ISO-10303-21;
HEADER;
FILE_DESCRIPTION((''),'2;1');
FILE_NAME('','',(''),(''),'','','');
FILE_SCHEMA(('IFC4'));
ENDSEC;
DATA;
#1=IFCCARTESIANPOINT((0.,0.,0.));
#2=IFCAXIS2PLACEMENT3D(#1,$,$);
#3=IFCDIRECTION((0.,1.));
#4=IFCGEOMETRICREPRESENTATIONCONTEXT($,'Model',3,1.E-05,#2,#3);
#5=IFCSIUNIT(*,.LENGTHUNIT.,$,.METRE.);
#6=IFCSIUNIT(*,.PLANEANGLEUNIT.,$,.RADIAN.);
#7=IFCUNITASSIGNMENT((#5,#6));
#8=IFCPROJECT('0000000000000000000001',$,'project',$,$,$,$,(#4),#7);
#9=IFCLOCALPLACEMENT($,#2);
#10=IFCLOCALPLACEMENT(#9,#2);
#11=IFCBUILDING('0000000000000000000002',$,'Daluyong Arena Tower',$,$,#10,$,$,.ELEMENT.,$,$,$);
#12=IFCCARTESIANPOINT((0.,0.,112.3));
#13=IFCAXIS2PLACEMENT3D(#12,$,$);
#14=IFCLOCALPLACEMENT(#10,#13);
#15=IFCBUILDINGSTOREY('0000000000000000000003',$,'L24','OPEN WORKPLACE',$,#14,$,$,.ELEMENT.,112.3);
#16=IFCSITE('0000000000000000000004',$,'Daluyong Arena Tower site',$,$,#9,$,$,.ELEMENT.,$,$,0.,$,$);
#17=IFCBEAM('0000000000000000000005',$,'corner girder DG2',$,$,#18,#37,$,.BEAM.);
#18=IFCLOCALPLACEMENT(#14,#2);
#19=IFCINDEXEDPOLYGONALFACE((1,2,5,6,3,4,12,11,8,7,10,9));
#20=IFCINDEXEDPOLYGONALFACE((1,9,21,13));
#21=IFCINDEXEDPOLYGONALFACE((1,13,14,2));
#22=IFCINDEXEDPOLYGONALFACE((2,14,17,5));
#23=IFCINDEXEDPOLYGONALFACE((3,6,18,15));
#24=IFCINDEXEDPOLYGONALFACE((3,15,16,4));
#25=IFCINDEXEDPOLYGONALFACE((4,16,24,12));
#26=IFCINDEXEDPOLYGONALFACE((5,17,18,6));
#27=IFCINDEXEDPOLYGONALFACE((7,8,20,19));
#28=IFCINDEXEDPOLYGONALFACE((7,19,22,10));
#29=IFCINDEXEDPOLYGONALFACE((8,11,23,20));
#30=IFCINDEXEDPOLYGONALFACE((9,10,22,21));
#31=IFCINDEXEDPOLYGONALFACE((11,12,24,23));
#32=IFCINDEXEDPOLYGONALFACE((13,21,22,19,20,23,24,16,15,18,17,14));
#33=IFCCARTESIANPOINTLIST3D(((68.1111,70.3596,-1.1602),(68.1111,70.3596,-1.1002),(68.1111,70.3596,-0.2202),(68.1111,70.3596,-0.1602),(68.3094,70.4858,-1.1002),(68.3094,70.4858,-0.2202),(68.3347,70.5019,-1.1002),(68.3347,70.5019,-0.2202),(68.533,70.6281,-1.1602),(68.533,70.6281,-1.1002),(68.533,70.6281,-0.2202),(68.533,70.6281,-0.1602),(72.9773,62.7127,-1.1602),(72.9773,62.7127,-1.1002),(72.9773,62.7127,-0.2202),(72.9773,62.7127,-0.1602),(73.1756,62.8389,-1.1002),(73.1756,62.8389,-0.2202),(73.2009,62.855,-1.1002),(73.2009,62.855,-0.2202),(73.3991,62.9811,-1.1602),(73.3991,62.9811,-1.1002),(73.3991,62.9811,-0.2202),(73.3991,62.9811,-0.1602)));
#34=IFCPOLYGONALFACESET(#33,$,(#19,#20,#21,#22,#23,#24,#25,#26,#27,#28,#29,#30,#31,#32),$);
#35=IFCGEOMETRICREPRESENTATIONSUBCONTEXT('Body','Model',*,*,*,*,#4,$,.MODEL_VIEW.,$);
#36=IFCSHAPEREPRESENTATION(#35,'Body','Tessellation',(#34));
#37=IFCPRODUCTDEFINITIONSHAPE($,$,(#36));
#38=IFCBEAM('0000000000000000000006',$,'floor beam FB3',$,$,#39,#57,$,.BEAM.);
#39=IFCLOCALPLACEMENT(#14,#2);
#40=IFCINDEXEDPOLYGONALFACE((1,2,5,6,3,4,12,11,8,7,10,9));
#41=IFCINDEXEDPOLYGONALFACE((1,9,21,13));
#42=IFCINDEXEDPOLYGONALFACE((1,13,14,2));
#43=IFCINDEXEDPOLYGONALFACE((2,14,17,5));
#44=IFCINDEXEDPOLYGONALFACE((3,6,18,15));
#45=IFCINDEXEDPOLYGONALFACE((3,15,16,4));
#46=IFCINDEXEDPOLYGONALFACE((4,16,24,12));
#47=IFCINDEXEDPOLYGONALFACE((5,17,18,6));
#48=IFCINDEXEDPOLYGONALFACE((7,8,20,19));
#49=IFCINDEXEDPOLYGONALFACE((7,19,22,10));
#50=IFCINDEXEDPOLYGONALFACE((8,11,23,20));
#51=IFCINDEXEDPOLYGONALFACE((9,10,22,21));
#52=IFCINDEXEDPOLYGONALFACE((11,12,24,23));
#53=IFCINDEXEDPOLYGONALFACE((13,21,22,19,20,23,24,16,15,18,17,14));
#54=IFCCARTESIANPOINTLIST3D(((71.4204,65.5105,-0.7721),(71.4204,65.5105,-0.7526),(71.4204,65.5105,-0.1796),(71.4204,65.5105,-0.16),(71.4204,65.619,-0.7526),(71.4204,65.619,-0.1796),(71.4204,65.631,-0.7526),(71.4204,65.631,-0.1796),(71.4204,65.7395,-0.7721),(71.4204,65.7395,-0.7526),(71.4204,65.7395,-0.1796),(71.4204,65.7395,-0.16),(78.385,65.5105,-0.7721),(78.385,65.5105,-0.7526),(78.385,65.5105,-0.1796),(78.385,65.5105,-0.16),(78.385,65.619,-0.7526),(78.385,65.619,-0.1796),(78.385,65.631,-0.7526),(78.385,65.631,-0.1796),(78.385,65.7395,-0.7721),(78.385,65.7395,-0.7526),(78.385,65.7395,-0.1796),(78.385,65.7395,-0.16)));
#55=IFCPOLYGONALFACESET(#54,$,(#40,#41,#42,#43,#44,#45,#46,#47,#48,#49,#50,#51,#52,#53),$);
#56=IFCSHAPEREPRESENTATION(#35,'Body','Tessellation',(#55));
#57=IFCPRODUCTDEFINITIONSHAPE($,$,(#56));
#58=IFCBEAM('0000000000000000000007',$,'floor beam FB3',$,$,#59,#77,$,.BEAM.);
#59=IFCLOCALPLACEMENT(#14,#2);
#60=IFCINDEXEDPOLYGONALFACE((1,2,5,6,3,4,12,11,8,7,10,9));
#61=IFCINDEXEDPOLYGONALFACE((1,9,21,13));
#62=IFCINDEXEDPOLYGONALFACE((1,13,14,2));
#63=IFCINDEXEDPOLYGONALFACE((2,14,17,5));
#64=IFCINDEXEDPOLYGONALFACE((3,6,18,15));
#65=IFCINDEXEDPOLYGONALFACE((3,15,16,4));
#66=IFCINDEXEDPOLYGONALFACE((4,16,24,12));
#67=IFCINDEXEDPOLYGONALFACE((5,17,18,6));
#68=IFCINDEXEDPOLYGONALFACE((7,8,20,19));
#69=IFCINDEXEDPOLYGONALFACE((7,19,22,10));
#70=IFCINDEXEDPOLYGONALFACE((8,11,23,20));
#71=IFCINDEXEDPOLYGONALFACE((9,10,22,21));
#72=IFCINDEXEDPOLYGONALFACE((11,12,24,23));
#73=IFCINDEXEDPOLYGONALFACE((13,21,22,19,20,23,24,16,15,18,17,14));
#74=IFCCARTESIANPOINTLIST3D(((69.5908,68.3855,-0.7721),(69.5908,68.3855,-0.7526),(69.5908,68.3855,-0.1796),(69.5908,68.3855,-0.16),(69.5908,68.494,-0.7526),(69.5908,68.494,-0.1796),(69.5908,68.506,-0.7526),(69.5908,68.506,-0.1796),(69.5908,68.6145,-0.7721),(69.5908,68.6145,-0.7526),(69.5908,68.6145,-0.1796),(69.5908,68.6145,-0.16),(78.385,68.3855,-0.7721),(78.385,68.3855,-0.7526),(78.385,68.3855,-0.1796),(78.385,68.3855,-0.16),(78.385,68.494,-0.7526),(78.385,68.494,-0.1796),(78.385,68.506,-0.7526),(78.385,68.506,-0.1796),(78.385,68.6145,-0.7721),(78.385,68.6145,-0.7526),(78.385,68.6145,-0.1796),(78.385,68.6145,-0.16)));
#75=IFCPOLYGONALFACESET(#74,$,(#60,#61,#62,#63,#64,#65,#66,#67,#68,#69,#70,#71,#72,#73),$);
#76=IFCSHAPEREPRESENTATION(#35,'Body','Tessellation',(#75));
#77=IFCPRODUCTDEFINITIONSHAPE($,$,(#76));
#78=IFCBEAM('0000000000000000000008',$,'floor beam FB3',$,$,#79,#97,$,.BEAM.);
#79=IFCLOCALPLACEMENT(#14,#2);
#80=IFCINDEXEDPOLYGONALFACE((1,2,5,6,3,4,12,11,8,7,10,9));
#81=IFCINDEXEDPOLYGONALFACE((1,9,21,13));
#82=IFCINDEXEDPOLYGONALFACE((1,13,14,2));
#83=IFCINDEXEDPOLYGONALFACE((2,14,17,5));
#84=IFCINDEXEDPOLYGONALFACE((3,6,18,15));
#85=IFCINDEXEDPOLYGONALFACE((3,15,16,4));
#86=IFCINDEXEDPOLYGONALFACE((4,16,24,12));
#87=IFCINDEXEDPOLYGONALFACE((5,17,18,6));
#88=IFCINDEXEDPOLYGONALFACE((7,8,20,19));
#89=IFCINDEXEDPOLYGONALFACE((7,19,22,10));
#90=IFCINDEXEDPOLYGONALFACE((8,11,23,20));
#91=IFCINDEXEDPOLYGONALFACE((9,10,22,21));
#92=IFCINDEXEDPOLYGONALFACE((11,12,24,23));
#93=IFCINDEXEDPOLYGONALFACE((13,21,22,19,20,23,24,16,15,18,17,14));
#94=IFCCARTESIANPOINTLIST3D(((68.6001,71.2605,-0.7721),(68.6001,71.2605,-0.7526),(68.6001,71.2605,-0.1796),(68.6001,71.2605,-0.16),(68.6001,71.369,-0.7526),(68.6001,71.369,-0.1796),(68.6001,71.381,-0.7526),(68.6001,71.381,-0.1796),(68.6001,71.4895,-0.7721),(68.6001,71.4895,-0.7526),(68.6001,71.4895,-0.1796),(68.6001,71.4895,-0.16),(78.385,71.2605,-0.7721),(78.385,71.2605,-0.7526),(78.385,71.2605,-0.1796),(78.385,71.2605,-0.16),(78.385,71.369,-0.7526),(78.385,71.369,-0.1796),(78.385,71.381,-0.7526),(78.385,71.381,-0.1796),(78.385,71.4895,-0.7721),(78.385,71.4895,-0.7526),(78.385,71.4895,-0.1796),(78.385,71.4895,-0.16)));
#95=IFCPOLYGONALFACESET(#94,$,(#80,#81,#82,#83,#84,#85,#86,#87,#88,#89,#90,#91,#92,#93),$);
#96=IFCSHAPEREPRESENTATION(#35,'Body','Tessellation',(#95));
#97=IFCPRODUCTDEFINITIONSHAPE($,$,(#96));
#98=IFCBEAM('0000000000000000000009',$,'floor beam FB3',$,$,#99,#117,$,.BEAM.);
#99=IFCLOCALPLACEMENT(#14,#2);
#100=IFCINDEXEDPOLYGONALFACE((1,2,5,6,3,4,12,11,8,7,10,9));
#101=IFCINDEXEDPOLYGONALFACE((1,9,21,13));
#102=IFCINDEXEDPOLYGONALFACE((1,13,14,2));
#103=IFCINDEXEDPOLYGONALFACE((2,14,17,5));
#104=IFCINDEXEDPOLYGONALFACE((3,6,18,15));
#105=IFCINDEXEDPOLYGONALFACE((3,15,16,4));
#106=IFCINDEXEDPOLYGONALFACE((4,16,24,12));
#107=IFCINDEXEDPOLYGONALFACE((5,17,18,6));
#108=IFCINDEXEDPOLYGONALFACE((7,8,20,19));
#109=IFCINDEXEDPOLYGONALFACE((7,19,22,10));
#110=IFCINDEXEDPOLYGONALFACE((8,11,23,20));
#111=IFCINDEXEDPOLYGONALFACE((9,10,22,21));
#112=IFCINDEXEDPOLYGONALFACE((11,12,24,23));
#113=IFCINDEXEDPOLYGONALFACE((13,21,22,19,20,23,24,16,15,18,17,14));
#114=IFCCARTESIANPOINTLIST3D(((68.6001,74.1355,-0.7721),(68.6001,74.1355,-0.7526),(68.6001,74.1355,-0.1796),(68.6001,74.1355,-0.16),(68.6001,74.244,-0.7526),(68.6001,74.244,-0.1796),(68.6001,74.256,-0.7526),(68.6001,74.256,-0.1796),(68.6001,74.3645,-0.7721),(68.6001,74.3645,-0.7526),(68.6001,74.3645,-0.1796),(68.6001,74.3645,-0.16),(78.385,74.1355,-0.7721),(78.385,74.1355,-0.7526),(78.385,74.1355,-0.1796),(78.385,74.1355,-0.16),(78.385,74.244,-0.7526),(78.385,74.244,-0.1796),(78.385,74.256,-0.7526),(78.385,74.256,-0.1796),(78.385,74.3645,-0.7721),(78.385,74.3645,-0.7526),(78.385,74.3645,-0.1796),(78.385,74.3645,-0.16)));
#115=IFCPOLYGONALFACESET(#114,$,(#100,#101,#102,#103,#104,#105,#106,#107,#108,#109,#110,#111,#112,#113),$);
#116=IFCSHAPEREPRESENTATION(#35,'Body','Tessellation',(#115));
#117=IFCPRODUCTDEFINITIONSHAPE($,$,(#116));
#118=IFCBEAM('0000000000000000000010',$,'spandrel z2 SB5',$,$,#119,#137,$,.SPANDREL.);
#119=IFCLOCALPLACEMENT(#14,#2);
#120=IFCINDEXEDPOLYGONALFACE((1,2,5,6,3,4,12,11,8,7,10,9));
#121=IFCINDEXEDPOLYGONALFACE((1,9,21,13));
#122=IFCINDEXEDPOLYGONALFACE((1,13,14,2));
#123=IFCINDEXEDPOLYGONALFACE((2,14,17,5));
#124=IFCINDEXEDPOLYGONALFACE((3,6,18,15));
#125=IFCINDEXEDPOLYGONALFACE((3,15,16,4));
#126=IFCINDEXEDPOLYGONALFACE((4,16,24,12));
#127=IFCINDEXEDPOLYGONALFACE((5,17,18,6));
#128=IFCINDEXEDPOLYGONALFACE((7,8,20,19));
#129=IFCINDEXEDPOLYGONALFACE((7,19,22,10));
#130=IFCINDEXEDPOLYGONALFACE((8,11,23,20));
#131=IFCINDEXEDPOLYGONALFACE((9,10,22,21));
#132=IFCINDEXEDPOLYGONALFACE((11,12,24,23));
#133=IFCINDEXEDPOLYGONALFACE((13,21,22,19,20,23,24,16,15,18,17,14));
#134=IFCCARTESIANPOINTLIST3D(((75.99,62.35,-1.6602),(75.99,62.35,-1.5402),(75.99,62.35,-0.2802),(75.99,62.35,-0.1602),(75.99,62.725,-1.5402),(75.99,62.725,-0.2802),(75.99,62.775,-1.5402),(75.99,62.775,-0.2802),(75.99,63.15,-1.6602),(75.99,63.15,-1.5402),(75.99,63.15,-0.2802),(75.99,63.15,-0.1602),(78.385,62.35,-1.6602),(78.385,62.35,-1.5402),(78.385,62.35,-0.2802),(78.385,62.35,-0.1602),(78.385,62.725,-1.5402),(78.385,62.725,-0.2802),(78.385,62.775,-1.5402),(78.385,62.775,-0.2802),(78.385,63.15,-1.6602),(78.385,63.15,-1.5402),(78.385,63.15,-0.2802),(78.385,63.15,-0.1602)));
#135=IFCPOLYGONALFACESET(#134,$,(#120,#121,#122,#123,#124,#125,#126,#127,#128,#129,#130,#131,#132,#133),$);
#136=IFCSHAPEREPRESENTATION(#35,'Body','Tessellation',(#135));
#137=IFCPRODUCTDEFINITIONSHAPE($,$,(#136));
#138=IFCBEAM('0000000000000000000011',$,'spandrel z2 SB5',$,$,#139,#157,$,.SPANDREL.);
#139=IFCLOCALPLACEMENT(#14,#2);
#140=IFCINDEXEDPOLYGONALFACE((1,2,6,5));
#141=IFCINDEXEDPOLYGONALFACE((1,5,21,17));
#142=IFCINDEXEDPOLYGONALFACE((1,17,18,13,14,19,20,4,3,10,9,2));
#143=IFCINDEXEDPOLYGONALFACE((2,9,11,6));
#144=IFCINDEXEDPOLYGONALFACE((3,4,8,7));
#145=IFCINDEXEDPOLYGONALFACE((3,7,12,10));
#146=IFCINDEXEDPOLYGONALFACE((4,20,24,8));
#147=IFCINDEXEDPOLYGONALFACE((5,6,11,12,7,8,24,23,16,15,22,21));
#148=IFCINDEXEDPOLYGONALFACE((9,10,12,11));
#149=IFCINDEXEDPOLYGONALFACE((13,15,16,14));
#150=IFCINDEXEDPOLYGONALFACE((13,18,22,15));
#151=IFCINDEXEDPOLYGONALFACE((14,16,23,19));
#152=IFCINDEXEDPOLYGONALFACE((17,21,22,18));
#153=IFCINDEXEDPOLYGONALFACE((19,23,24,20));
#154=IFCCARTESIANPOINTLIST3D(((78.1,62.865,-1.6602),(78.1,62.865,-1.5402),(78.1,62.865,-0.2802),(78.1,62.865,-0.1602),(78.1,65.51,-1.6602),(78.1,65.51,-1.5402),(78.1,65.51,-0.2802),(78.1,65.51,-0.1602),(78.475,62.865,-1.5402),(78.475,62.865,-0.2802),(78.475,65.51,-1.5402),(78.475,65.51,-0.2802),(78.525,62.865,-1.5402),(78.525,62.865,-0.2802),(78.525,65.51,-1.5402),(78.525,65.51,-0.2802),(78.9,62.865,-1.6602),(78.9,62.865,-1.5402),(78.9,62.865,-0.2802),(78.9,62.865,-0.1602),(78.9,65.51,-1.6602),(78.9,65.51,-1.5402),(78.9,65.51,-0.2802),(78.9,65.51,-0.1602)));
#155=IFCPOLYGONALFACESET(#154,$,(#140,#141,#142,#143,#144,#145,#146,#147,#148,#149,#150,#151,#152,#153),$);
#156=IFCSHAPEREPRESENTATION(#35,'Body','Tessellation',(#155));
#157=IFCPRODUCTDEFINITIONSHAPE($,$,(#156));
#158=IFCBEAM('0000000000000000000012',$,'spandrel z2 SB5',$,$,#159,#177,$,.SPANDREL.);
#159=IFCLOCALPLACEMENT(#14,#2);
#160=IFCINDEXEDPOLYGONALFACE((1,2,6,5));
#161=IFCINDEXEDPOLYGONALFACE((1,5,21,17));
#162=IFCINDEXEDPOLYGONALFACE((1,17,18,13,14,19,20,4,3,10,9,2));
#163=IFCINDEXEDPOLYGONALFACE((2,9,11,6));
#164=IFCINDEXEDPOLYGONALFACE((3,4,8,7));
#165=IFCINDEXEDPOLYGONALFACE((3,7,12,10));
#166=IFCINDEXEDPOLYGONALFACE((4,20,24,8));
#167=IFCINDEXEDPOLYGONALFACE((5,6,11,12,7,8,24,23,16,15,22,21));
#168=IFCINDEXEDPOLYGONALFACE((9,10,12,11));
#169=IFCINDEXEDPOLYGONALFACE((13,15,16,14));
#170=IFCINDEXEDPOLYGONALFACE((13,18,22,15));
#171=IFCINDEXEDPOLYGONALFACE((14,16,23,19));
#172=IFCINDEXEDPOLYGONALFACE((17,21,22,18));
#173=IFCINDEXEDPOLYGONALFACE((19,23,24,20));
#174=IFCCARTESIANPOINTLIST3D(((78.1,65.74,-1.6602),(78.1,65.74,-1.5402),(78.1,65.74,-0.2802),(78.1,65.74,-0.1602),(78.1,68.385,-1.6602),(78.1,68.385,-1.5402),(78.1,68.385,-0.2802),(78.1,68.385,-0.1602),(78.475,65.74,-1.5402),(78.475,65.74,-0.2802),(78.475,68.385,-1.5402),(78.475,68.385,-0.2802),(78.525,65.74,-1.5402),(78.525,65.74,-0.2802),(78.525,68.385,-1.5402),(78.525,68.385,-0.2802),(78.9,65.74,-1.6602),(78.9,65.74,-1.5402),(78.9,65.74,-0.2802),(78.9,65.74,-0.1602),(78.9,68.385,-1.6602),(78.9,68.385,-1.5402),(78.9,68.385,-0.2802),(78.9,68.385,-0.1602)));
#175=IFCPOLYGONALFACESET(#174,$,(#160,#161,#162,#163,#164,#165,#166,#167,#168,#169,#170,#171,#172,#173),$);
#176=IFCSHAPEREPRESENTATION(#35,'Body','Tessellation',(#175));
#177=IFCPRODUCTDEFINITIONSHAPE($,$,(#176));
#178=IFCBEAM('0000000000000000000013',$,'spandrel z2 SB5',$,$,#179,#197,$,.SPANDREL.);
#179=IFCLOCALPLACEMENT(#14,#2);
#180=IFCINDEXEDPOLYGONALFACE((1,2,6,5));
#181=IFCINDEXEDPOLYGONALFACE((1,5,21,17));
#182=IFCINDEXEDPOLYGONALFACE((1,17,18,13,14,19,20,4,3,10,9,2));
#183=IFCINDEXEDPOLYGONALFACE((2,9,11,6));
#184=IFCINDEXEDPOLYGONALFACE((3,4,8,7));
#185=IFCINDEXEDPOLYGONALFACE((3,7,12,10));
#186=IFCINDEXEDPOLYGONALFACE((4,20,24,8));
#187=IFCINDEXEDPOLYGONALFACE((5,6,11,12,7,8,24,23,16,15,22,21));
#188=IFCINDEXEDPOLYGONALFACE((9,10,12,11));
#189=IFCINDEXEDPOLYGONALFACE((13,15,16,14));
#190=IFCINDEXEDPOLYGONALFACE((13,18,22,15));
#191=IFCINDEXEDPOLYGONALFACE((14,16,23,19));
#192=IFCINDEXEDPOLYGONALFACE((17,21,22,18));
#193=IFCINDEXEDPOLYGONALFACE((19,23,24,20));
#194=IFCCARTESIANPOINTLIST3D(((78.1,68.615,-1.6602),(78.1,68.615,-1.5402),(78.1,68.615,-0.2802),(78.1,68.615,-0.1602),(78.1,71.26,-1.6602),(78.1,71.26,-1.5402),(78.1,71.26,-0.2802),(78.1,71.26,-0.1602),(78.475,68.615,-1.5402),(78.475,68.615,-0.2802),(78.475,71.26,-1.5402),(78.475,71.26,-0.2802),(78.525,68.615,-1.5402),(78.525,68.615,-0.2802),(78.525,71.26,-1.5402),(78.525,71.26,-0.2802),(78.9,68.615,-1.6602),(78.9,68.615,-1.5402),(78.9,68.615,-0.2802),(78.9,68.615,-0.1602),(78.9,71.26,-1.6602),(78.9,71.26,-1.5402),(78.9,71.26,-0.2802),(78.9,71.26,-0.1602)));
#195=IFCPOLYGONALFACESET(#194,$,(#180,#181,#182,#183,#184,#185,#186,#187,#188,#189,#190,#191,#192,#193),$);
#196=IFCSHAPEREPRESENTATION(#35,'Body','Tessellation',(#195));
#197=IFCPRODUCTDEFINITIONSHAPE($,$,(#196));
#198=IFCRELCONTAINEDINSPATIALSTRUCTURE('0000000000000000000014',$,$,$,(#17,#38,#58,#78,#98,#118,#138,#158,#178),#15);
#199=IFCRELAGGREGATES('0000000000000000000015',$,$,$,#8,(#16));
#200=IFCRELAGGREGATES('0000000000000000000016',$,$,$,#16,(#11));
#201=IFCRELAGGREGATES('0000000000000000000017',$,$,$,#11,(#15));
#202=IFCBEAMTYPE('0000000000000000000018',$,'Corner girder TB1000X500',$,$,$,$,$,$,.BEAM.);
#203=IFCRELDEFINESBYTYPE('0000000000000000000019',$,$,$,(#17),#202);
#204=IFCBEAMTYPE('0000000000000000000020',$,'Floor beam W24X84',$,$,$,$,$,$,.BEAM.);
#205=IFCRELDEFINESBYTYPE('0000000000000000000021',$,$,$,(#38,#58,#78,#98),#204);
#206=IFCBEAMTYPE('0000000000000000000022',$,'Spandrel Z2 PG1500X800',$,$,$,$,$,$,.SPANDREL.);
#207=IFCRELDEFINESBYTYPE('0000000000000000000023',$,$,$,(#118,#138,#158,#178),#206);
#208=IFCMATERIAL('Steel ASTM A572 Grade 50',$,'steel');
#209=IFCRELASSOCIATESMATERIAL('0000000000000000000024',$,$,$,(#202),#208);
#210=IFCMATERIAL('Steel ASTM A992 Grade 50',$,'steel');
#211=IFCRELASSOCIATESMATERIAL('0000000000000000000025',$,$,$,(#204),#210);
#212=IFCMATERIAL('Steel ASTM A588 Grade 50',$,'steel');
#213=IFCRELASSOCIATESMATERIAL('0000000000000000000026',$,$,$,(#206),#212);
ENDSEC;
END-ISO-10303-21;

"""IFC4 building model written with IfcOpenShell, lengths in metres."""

from ifc_helpers import new_model, si_unit, direction, frame, origin, origin_2d, place, context, subcontext, project, spatial, i_section, extrude, material, material_profile, profile_set, type_object, element, save


model = new_model("IFC4")

# Units and contexts
model_context = context("Model", 3, precision=1e-05, world=origin(), true_north=direction((0.0, 1.0)))
body_context = subcontext(model_context, "Body", "Model", "MODEL_VIEW")
ifc_project = project(units=[si_unit("LENGTHUNIT", "METRE"), si_unit("PLANEANGLEUNIT", "RADIAN")], contexts=[model_context])

# Site, building, storey
site_placement = place(None, origin())
site = spatial("IfcSite", under=ifc_project, at=site_placement, Name="Daluyong Arena Tower site", CompositionType="ELEMENT", RefElevation=0.0)
building_placement = place(site_placement, origin())
building = spatial("IfcBuilding", under=site, at=building_placement, Name="Daluyong Arena Tower", CompositionType="ELEMENT")
storey_placement = place(building_placement, frame((0.0, 0.0, 112.3)))
storey = spatial("IfcBuildingStorey", under=building, at=storey_placement, Name="L24", Description="OPEN WORKPLACE", CompositionType="ELEMENT", Elevation=112.3)

# Beams
ifc_material_1 = material(Name="Steel ASTM A572 Grade 50", Category="steel")
ifc_material_profile_1 = material_profile(ifc_material_1, i_section(OverallWidth=0.5, OverallDepth=1.0, WebThickness=0.03, FlangeThickness=0.06, at=origin_2d()))
ifc_profile_set_1 = profile_set([ifc_material_profile_1], Name="Steel ASTM A572 Grade 50")
beam_type_1 = type_object("IfcBeamType", Name="Corner girder TB1000X500", PredefinedType="BEAM", material=ifc_profile_set_1)
beam_1_placement = place(storey_placement, frame((73.1882, 62.8469, -0.6602), z_axis=(-0.536872, 0.843664, 0.0), x_axis=(-0.843664, -0.536872, 0.0)))
element("IfcBeam", 1, at=beam_1_placement, inside=storey, type_object=beam_type_1, Name="corner girder DG2", PredefinedType="BEAM", context=body_context, shape_type="SweptSolid", body=[
    extrude(i_section(OverallWidth=0.5, OverallDepth=1.0, WebThickness=0.03, FlangeThickness=0.06, at=origin_2d()), origin(), (0.0, 0.0, 1.0), 9.064),
])
ifc_material_2 = material(Name="Steel ASTM A992 Grade 50", Category="steel")
ifc_material_profile_2 = material_profile(ifc_material_2, i_section(OverallWidth=0.229, OverallDepth=0.6121, WebThickness=0.012, FlangeThickness=0.0195, at=origin_2d()))
ifc_profile_set_2 = profile_set([ifc_material_profile_2], Name="Steel ASTM A992 Grade 50")
beam_type_2 = type_object("IfcBeamType", Name="Floor beam W24X84", PredefinedType="BEAM", material=ifc_profile_set_2)
beam_2_placement = place(storey_placement, frame((78.385, 65.625, -0.4661), z_axis=(-1.0, 0.0, 0.0), x_axis=(0.0, -1.0, 0.0)))
element("IfcBeam", 2, at=beam_2_placement, inside=storey, type_object=beam_type_2, Name="floor beam FB3", PredefinedType="BEAM", context=body_context, shape_type="SweptSolid", body=[
    extrude(i_section(OverallWidth=0.229, OverallDepth=0.6121, WebThickness=0.012, FlangeThickness=0.0195, at=origin_2d()), origin(), (0.0, 0.0, 1.0), 6.9646),
])
beam_3_placement = place(storey_placement, frame((78.385, 68.5, -0.4661), z_axis=(-1.0, 0.0, 0.0), x_axis=(0.0, -1.0, 0.0)))
element("IfcBeam", 3, at=beam_3_placement, inside=storey, type_object=beam_type_2, Name="floor beam FB3", PredefinedType="BEAM", context=body_context, shape_type="SweptSolid", body=[
    extrude(i_section(OverallWidth=0.229, OverallDepth=0.6121, WebThickness=0.012, FlangeThickness=0.0195, at=origin_2d()), origin(), (0.0, 0.0, 1.0), 8.7942),
])
for number, where, z_axis, x_axis, name in (
    (4, (78.385, 71.375, -0.4661), (-1.0, 0.0, 0.0), (0.0, -1.0, 0.0), "floor beam FB3"),
    (5, (78.385, 74.25, -0.4661), (-1.0, 0.0, 0.0), (0.0, -1.0, 0.0), "floor beam FB3"),
):
    element("IfcBeam", number, at=place(storey_placement, frame(where, z_axis=z_axis, x_axis=x_axis)), inside=storey, type_object=beam_type_2, Name=name, PredefinedType="BEAM", context=body_context, shape_type="SweptSolid", body=[
        extrude(i_section(OverallWidth=0.229, OverallDepth=0.6121, WebThickness=0.012, FlangeThickness=0.0195, at=origin_2d()), origin(), (0.0, 0.0, 1.0), 9.7849),
    ])
ifc_material_3 = material(Name="Steel ASTM A588 Grade 50", Category="steel")
ifc_material_profile_3 = material_profile(ifc_material_3, i_section(OverallWidth=0.8, OverallDepth=1.5, WebThickness=0.05, FlangeThickness=0.12, at=origin_2d()))
ifc_profile_set_3 = profile_set([ifc_material_profile_3], Name="Steel ASTM A588 Grade 50")
beam_type_3 = type_object("IfcBeamType", Name="Spandrel Z2 PG1500X800", PredefinedType="SPANDREL", material=ifc_profile_set_3)
beam_4_placement = place(storey_placement, frame((75.99, 62.75, -0.9102), z_axis=(1.0, 0.0, 0.0), x_axis=(0.0, 1.0, 0.0)))
element("IfcBeam", 6, at=beam_4_placement, inside=storey, type_object=beam_type_3, Name="spandrel z2 SB5", PredefinedType="SPANDREL", context=body_context, shape_type="SweptSolid", body=[
    extrude(i_section(OverallWidth=0.8, OverallDepth=1.5, WebThickness=0.05, FlangeThickness=0.12, at=origin_2d()), origin(), (0.0, 0.0, 1.0), 2.395),
])
for number, where, z_axis, x_axis, name in (
    (7, (78.5, 62.865, -0.9102), (0.0, 1.0, 0.0), (-1.0, 0.0, 0.0), "spandrel z2 SB5"),
    (8, (78.5, 65.74, -0.9102), (0.0, 1.0, 0.0), (-1.0, 0.0, 0.0), "spandrel z2 SB5"),
    (9, (78.5, 68.615, -0.9102), (0.0, 1.0, 0.0), (-1.0, 0.0, 0.0), "spandrel z2 SB5"),
):
    element("IfcBeam", number, at=place(storey_placement, frame(where, z_axis=z_axis, x_axis=x_axis)), inside=storey, type_object=beam_type_3, Name=name, PredefinedType="SPANDREL", context=body_context, shape_type="SweptSolid", body=[
        extrude(i_section(OverallWidth=0.8, OverallDepth=1.5, WebThickness=0.05, FlangeThickness=0.12, at=origin_2d()), origin(), (0.0, 0.0, 1.0), 2.645),
    ])

save(model, "model.ifc")
